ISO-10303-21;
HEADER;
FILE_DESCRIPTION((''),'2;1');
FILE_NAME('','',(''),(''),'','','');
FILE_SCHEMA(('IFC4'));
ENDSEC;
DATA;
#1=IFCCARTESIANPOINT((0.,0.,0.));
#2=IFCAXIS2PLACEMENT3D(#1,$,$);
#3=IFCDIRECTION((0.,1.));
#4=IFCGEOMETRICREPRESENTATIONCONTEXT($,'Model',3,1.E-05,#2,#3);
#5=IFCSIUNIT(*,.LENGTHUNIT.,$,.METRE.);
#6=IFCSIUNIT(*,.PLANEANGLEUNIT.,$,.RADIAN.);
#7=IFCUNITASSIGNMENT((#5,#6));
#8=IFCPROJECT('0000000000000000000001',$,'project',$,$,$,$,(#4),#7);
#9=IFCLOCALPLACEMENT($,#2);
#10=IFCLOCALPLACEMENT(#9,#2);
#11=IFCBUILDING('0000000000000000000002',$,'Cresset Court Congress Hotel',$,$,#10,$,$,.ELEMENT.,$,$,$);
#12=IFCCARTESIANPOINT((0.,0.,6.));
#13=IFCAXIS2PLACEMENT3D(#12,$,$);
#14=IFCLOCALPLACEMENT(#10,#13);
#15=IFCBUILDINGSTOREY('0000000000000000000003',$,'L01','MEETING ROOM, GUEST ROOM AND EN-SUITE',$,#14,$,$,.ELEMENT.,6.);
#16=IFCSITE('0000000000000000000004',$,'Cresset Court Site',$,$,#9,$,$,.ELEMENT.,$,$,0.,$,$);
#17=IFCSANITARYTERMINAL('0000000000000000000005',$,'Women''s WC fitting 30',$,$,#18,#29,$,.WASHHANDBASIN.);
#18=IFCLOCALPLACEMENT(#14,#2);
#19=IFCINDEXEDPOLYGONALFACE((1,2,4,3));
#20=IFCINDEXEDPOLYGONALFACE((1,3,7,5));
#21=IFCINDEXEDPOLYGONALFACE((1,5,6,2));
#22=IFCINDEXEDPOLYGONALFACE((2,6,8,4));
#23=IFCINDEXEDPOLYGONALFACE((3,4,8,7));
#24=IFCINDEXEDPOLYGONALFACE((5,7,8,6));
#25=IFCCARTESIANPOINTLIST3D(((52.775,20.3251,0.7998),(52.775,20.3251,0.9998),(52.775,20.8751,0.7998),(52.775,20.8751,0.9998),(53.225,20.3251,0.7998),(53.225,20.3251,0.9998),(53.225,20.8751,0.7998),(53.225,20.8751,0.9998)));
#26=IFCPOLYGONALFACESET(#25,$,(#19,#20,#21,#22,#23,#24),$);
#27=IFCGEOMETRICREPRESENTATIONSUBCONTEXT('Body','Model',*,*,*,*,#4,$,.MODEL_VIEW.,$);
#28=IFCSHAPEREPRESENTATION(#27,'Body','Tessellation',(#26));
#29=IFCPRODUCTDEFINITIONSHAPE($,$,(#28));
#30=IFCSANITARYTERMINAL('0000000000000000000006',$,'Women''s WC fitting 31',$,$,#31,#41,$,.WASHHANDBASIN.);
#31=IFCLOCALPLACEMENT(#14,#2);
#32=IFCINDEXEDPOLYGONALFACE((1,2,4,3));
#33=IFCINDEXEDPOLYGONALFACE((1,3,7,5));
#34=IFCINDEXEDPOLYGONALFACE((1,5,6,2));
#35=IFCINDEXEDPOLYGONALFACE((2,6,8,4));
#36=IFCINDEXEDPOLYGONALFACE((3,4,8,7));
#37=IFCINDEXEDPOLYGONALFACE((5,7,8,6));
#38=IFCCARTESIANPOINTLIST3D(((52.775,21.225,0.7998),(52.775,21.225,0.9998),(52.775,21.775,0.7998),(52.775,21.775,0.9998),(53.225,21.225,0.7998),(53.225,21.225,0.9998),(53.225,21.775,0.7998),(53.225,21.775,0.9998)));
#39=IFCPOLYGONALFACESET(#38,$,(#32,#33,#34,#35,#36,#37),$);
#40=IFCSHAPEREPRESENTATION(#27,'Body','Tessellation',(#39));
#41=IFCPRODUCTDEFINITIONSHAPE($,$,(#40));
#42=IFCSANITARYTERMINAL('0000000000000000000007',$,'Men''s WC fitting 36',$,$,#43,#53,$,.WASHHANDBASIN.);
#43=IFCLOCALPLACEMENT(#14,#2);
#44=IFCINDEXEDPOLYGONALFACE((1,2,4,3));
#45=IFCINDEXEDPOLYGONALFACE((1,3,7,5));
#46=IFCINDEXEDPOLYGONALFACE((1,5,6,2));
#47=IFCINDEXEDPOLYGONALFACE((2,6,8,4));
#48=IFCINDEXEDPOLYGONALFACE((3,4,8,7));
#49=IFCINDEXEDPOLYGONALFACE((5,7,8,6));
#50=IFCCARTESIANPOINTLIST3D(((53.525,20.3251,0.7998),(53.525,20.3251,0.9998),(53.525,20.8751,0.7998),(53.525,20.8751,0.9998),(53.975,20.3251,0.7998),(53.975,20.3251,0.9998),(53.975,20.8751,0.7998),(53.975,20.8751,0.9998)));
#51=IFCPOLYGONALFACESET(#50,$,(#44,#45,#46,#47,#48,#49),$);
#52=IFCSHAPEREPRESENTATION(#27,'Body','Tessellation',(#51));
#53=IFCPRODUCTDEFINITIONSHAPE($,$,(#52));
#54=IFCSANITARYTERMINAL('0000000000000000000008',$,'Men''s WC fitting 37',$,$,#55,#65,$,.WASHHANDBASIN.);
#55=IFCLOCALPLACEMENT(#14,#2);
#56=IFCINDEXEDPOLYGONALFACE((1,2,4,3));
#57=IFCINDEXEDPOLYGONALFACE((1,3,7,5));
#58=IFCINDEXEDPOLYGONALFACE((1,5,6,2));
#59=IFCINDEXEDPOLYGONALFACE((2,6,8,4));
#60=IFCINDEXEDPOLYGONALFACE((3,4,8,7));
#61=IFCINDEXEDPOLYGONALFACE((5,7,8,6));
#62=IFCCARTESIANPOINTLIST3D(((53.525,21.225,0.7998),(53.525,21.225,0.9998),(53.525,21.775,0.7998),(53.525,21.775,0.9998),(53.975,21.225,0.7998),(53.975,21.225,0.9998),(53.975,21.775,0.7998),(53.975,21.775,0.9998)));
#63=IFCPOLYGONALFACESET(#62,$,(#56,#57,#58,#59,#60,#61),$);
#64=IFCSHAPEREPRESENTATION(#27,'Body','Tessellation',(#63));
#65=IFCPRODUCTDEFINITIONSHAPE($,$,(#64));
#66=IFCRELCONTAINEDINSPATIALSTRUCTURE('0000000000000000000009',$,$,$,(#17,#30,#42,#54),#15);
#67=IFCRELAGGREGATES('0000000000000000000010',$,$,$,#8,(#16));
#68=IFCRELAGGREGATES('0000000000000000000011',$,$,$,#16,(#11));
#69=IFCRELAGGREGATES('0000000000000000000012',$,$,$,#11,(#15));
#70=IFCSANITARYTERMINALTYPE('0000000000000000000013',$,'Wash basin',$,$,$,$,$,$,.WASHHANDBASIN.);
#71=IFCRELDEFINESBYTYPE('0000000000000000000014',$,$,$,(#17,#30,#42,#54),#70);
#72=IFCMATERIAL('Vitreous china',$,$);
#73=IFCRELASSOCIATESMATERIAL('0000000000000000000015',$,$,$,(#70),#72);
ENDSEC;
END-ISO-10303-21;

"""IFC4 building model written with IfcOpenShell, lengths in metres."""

from ifc_helpers import new_model, si_unit, direction, frame, origin, origin_2d, place, context, subcontext, project, spatial, rectangle, extrude, material, type_object, element, save


model = new_model("IFC4")

# Units and contexts
model_context = context("Model", 3, precision=1e-05, world=origin(), true_north=direction((0.0, 1.0)))
body_context = subcontext(model_context, "Body", "Model", "MODEL_VIEW")
ifc_project = project(units=[si_unit("LENGTHUNIT", "METRE"), si_unit("PLANEANGLEUNIT", "RADIAN")], contexts=[model_context])

# Site, building, storey
site_placement = place(None, origin())
site = spatial("IfcSite", under=ifc_project, at=site_placement, Name="Cresset Court Site", CompositionType="ELEMENT", RefElevation=0.0)
building_placement = place(site_placement, origin())
building = spatial("IfcBuilding", under=site, at=building_placement, Name="Cresset Court Congress Hotel", CompositionType="ELEMENT")
storey_placement = place(building_placement, frame((0.0, 0.0, 6.0)))
storey = spatial("IfcBuildingStorey", under=building, at=storey_placement, Name="L01", Description="MEETING ROOM, GUEST ROOM AND EN-SUITE", CompositionType="ELEMENT", Elevation=6.0)

# Sanitary terminals
ifc_material_1 = material(Name="Vitreous china")
sanitary_terminal_type_1 = type_object("IfcSanitaryTerminalType", Name="Wash basin", PredefinedType="WASHHANDBASIN", material=ifc_material_1)
for number, where, z_axis, x_axis, name in (
    (1, (53.0, 20.6001, 0.7998), (0.0, 0.0, 1.0), (1.0, 0.0, 0.0), "Women's WC fitting 30"),
    (2, (53.0, 21.5, 0.7998), (0.0, 0.0, 1.0), (1.0, 0.0, 0.0), "Women's WC fitting 31"),
    (3, (53.75, 20.6001, 0.7998), (0.0, 0.0, 1.0), (1.0, 0.0, 0.0), "Men's WC fitting 36"),
    (4, (53.75, 21.5, 0.7998), (0.0, 0.0, 1.0), (1.0, 0.0, 0.0), "Men's WC fitting 37"),
):
    element("IfcSanitaryTerminal", number, at=place(storey_placement, frame(where, z_axis=z_axis, x_axis=x_axis)), inside=storey, type_object=sanitary_terminal_type_1, Name=name, PredefinedType="WASHHANDBASIN", context=body_context, shape_type="SweptSolid", body=[
        extrude(rectangle(XDim=0.45, YDim=0.55, at=origin_2d()), origin(), (0.0, 0.0, 1.0), 0.2),
    ])

save(model, "model.ifc")
